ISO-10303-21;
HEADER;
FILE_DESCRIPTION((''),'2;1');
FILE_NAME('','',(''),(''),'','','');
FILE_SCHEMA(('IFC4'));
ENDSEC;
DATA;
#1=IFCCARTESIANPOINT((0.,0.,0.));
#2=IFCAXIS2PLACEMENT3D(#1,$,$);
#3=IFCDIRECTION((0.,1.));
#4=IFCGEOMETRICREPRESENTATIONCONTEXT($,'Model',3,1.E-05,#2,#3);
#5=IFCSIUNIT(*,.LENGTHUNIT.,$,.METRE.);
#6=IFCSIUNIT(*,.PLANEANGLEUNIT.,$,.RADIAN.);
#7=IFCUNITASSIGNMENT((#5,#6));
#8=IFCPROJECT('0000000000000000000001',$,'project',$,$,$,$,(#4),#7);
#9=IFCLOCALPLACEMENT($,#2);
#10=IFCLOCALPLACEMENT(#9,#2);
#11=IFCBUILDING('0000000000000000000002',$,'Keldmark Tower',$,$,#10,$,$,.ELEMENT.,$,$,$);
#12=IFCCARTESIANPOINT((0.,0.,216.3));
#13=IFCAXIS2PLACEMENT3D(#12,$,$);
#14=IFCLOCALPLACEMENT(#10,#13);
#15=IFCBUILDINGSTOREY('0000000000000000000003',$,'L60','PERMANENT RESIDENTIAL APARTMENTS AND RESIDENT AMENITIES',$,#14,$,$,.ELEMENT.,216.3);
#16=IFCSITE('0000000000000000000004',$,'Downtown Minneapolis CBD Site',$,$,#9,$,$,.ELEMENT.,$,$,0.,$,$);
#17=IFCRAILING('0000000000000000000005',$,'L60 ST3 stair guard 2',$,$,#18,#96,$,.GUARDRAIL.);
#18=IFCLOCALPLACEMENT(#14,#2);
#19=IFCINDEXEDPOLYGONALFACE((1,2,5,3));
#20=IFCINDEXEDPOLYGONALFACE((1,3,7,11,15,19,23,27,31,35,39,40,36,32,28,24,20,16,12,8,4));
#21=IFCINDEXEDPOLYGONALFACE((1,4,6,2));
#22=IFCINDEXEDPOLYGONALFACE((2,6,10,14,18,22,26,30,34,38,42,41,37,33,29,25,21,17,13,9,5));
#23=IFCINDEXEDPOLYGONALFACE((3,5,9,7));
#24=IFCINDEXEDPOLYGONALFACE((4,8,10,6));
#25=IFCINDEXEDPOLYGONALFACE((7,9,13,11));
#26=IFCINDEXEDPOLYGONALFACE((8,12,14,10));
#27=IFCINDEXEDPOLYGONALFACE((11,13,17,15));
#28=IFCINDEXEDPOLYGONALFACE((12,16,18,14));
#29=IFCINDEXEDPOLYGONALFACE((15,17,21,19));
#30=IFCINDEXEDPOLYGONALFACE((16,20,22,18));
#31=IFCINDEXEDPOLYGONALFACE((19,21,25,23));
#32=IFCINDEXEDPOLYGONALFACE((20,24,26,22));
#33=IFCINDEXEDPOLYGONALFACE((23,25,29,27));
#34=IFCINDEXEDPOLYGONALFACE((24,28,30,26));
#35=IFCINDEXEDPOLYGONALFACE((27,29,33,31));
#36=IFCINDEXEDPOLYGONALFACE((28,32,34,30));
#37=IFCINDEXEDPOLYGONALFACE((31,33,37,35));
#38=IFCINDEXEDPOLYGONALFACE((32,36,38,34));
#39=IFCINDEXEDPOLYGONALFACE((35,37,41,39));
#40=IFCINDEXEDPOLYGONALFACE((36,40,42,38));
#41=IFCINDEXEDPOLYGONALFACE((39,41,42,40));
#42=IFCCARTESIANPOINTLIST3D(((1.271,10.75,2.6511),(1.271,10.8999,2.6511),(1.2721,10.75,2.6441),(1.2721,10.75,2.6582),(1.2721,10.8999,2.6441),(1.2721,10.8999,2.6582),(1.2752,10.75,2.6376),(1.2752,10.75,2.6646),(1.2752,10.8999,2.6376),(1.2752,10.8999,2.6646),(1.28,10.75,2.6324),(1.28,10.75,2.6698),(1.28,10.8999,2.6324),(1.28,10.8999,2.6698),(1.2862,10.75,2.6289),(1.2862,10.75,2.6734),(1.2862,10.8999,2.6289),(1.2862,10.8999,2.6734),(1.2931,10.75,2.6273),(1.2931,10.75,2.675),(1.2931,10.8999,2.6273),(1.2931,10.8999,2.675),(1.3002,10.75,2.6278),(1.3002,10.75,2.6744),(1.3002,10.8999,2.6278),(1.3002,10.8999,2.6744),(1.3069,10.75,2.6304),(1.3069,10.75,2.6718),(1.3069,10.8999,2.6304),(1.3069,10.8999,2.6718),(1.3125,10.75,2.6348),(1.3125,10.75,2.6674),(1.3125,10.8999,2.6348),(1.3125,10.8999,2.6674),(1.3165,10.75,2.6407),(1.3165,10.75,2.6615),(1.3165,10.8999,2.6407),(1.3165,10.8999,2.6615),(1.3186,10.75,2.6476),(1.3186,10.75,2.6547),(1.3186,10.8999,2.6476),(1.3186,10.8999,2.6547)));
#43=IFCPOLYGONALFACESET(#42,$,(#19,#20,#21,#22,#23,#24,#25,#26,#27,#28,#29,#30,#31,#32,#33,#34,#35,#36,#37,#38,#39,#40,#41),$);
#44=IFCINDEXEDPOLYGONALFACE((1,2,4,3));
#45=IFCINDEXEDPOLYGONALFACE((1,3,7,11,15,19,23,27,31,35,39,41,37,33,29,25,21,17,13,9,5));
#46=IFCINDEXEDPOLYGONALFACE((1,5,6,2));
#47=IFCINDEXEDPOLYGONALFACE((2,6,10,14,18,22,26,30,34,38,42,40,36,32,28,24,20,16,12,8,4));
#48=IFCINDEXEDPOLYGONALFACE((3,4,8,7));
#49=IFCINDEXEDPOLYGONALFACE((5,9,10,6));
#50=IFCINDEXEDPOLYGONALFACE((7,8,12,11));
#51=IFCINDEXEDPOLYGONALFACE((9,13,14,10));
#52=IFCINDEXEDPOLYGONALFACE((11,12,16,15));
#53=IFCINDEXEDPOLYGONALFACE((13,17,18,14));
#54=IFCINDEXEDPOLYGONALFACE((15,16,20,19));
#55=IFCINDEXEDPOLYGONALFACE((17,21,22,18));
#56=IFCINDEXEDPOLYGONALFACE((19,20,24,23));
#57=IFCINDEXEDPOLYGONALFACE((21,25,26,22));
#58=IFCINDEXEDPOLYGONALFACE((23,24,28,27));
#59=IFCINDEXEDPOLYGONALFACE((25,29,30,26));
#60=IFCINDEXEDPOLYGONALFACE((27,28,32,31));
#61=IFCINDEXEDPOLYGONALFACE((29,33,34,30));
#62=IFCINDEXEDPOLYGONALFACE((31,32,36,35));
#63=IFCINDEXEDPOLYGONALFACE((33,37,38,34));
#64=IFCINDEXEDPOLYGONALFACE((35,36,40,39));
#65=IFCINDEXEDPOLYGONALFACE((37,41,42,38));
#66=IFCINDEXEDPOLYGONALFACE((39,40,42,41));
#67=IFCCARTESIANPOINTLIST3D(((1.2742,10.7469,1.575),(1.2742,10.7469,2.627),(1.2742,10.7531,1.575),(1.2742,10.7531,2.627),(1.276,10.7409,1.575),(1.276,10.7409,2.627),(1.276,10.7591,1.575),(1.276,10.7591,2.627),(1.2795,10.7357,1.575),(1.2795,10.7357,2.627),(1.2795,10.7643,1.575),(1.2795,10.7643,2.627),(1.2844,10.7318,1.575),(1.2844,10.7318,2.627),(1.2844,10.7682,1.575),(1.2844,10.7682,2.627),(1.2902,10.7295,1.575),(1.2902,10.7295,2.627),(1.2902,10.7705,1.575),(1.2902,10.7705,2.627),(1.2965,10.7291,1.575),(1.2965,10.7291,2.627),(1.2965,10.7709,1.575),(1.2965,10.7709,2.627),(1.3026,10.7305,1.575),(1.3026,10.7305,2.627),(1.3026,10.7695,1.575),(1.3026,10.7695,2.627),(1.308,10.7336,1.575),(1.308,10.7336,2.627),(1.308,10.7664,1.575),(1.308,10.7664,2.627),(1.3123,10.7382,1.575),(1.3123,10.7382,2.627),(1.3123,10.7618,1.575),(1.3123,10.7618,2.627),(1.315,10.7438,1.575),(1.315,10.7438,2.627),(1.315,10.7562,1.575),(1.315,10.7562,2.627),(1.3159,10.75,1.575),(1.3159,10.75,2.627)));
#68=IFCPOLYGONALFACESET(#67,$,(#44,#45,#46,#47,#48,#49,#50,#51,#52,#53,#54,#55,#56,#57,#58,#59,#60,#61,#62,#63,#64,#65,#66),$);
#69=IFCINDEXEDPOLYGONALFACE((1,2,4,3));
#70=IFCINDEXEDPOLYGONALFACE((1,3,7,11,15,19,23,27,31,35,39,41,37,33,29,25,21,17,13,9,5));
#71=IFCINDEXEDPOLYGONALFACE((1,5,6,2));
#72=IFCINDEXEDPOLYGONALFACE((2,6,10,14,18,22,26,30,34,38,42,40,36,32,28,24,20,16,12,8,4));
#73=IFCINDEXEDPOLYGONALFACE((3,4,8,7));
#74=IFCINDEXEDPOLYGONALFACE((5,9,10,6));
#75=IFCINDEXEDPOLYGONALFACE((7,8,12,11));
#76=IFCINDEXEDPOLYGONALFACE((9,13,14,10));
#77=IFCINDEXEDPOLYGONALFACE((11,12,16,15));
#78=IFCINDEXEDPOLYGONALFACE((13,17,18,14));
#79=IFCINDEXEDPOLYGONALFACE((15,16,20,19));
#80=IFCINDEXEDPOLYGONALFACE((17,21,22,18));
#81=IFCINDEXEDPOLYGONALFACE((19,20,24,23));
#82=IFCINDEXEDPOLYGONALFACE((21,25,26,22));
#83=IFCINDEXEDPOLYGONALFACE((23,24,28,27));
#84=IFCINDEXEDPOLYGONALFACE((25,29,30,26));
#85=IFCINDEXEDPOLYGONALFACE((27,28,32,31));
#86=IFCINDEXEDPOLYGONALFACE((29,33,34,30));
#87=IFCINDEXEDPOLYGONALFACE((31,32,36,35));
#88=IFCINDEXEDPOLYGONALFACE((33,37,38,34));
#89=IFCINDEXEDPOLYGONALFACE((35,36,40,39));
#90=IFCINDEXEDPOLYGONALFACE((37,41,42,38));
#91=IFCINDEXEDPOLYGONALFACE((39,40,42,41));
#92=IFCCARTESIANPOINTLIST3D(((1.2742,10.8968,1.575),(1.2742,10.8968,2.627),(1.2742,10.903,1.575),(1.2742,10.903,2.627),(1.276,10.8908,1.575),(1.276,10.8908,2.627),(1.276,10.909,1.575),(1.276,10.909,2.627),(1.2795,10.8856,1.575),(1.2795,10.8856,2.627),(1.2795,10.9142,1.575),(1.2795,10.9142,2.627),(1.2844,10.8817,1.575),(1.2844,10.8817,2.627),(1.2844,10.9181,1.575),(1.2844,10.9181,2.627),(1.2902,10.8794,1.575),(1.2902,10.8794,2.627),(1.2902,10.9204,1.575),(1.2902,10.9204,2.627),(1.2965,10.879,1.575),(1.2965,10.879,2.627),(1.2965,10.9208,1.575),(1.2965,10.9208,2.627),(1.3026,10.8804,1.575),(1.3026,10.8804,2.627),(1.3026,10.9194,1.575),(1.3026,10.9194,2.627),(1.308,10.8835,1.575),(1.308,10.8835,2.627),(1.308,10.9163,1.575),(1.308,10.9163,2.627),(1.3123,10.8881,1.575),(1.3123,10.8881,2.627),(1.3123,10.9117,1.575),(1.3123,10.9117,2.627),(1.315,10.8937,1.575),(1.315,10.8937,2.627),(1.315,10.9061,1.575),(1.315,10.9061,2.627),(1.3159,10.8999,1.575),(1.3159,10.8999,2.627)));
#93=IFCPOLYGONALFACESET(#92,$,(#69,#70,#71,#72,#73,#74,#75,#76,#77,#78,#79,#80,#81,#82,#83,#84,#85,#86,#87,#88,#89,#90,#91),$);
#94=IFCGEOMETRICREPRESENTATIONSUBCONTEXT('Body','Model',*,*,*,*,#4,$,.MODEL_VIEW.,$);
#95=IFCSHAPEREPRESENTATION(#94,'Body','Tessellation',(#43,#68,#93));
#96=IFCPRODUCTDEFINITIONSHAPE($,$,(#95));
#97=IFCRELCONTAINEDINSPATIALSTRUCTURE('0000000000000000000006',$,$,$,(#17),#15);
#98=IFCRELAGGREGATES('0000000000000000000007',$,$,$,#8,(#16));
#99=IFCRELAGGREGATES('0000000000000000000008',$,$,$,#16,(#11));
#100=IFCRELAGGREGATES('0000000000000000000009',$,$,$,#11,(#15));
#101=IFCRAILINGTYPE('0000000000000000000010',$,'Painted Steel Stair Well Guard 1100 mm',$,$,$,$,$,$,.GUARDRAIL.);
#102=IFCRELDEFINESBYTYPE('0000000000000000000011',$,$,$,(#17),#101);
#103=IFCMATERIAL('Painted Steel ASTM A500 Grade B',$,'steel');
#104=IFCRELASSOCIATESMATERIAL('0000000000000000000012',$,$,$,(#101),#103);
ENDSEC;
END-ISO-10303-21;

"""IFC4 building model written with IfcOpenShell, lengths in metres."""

from ifc_helpers import new_model, si_unit, direction, frame, origin, origin_2d, place, context, subcontext, project, spatial, circle, extrude, material, type_object, element, save


model = new_model("IFC4")

# Units and contexts
model_context = context("Model", 3, precision=1e-05, world=origin(), true_north=direction((0.0, 1.0)))
body_context = subcontext(model_context, "Body", "Model", "MODEL_VIEW")
ifc_project = project(units=[si_unit("LENGTHUNIT", "METRE"), si_unit("PLANEANGLEUNIT", "RADIAN")], contexts=[model_context])

# Site, building, storey
site_placement = place(None, origin())
site = spatial("IfcSite", under=ifc_project, at=site_placement, Name="Downtown Minneapolis CBD Site", CompositionType="ELEMENT", RefElevation=0.0)
building_placement = place(site_placement, origin())
building = spatial("IfcBuilding", under=site, at=building_placement, Name="Keldmark Tower", CompositionType="ELEMENT")
storey_placement = place(building_placement, frame((0.0, 0.0, 216.3)))
storey = spatial("IfcBuildingStorey", under=building, at=storey_placement, Name="L60", Description="PERMANENT RESIDENTIAL APARTMENTS AND RESIDENT AMENITIES", CompositionType="ELEMENT", Elevation=216.3)

# Railing
ifc_material_1 = material(Name="Painted Steel ASTM A500 Grade B", Category="steel")
railing_type_1 = type_object("IfcRailingType", Name="Painted Steel Stair Well Guard 1100 mm", PredefinedType="GUARDRAIL", material=ifc_material_1)
railing_1_placement = place(storey_placement, frame((1.2949, 10.75, 1.575)))
element("IfcRailing", 1, at=railing_1_placement, inside=storey, type_object=railing_type_1, Name="L60 ST3 stair guard 2", PredefinedType="GUARDRAIL", context=body_context, shape_type="SweptSolid", body=[
    extrude(circle(Radius=0.0239, at=origin_2d()), frame((0.0, 0.0, 1.0762), z_axis=(0.0, 1.0, 0.0), x_axis=(-1.0, 0.0, 0.0)), (0.0, 0.0, 1.0), 0.1499),
    extrude(circle(Radius=0.021, at=origin_2d()), origin(), (0.0, 0.0, 1.0), 1.052),
    extrude(circle(Radius=0.021, at=origin_2d()), frame((0.0, 0.1499, 0.0)), (0.0, 0.0, 1.0), 1.052),
])

save(model, "model.ifc")
